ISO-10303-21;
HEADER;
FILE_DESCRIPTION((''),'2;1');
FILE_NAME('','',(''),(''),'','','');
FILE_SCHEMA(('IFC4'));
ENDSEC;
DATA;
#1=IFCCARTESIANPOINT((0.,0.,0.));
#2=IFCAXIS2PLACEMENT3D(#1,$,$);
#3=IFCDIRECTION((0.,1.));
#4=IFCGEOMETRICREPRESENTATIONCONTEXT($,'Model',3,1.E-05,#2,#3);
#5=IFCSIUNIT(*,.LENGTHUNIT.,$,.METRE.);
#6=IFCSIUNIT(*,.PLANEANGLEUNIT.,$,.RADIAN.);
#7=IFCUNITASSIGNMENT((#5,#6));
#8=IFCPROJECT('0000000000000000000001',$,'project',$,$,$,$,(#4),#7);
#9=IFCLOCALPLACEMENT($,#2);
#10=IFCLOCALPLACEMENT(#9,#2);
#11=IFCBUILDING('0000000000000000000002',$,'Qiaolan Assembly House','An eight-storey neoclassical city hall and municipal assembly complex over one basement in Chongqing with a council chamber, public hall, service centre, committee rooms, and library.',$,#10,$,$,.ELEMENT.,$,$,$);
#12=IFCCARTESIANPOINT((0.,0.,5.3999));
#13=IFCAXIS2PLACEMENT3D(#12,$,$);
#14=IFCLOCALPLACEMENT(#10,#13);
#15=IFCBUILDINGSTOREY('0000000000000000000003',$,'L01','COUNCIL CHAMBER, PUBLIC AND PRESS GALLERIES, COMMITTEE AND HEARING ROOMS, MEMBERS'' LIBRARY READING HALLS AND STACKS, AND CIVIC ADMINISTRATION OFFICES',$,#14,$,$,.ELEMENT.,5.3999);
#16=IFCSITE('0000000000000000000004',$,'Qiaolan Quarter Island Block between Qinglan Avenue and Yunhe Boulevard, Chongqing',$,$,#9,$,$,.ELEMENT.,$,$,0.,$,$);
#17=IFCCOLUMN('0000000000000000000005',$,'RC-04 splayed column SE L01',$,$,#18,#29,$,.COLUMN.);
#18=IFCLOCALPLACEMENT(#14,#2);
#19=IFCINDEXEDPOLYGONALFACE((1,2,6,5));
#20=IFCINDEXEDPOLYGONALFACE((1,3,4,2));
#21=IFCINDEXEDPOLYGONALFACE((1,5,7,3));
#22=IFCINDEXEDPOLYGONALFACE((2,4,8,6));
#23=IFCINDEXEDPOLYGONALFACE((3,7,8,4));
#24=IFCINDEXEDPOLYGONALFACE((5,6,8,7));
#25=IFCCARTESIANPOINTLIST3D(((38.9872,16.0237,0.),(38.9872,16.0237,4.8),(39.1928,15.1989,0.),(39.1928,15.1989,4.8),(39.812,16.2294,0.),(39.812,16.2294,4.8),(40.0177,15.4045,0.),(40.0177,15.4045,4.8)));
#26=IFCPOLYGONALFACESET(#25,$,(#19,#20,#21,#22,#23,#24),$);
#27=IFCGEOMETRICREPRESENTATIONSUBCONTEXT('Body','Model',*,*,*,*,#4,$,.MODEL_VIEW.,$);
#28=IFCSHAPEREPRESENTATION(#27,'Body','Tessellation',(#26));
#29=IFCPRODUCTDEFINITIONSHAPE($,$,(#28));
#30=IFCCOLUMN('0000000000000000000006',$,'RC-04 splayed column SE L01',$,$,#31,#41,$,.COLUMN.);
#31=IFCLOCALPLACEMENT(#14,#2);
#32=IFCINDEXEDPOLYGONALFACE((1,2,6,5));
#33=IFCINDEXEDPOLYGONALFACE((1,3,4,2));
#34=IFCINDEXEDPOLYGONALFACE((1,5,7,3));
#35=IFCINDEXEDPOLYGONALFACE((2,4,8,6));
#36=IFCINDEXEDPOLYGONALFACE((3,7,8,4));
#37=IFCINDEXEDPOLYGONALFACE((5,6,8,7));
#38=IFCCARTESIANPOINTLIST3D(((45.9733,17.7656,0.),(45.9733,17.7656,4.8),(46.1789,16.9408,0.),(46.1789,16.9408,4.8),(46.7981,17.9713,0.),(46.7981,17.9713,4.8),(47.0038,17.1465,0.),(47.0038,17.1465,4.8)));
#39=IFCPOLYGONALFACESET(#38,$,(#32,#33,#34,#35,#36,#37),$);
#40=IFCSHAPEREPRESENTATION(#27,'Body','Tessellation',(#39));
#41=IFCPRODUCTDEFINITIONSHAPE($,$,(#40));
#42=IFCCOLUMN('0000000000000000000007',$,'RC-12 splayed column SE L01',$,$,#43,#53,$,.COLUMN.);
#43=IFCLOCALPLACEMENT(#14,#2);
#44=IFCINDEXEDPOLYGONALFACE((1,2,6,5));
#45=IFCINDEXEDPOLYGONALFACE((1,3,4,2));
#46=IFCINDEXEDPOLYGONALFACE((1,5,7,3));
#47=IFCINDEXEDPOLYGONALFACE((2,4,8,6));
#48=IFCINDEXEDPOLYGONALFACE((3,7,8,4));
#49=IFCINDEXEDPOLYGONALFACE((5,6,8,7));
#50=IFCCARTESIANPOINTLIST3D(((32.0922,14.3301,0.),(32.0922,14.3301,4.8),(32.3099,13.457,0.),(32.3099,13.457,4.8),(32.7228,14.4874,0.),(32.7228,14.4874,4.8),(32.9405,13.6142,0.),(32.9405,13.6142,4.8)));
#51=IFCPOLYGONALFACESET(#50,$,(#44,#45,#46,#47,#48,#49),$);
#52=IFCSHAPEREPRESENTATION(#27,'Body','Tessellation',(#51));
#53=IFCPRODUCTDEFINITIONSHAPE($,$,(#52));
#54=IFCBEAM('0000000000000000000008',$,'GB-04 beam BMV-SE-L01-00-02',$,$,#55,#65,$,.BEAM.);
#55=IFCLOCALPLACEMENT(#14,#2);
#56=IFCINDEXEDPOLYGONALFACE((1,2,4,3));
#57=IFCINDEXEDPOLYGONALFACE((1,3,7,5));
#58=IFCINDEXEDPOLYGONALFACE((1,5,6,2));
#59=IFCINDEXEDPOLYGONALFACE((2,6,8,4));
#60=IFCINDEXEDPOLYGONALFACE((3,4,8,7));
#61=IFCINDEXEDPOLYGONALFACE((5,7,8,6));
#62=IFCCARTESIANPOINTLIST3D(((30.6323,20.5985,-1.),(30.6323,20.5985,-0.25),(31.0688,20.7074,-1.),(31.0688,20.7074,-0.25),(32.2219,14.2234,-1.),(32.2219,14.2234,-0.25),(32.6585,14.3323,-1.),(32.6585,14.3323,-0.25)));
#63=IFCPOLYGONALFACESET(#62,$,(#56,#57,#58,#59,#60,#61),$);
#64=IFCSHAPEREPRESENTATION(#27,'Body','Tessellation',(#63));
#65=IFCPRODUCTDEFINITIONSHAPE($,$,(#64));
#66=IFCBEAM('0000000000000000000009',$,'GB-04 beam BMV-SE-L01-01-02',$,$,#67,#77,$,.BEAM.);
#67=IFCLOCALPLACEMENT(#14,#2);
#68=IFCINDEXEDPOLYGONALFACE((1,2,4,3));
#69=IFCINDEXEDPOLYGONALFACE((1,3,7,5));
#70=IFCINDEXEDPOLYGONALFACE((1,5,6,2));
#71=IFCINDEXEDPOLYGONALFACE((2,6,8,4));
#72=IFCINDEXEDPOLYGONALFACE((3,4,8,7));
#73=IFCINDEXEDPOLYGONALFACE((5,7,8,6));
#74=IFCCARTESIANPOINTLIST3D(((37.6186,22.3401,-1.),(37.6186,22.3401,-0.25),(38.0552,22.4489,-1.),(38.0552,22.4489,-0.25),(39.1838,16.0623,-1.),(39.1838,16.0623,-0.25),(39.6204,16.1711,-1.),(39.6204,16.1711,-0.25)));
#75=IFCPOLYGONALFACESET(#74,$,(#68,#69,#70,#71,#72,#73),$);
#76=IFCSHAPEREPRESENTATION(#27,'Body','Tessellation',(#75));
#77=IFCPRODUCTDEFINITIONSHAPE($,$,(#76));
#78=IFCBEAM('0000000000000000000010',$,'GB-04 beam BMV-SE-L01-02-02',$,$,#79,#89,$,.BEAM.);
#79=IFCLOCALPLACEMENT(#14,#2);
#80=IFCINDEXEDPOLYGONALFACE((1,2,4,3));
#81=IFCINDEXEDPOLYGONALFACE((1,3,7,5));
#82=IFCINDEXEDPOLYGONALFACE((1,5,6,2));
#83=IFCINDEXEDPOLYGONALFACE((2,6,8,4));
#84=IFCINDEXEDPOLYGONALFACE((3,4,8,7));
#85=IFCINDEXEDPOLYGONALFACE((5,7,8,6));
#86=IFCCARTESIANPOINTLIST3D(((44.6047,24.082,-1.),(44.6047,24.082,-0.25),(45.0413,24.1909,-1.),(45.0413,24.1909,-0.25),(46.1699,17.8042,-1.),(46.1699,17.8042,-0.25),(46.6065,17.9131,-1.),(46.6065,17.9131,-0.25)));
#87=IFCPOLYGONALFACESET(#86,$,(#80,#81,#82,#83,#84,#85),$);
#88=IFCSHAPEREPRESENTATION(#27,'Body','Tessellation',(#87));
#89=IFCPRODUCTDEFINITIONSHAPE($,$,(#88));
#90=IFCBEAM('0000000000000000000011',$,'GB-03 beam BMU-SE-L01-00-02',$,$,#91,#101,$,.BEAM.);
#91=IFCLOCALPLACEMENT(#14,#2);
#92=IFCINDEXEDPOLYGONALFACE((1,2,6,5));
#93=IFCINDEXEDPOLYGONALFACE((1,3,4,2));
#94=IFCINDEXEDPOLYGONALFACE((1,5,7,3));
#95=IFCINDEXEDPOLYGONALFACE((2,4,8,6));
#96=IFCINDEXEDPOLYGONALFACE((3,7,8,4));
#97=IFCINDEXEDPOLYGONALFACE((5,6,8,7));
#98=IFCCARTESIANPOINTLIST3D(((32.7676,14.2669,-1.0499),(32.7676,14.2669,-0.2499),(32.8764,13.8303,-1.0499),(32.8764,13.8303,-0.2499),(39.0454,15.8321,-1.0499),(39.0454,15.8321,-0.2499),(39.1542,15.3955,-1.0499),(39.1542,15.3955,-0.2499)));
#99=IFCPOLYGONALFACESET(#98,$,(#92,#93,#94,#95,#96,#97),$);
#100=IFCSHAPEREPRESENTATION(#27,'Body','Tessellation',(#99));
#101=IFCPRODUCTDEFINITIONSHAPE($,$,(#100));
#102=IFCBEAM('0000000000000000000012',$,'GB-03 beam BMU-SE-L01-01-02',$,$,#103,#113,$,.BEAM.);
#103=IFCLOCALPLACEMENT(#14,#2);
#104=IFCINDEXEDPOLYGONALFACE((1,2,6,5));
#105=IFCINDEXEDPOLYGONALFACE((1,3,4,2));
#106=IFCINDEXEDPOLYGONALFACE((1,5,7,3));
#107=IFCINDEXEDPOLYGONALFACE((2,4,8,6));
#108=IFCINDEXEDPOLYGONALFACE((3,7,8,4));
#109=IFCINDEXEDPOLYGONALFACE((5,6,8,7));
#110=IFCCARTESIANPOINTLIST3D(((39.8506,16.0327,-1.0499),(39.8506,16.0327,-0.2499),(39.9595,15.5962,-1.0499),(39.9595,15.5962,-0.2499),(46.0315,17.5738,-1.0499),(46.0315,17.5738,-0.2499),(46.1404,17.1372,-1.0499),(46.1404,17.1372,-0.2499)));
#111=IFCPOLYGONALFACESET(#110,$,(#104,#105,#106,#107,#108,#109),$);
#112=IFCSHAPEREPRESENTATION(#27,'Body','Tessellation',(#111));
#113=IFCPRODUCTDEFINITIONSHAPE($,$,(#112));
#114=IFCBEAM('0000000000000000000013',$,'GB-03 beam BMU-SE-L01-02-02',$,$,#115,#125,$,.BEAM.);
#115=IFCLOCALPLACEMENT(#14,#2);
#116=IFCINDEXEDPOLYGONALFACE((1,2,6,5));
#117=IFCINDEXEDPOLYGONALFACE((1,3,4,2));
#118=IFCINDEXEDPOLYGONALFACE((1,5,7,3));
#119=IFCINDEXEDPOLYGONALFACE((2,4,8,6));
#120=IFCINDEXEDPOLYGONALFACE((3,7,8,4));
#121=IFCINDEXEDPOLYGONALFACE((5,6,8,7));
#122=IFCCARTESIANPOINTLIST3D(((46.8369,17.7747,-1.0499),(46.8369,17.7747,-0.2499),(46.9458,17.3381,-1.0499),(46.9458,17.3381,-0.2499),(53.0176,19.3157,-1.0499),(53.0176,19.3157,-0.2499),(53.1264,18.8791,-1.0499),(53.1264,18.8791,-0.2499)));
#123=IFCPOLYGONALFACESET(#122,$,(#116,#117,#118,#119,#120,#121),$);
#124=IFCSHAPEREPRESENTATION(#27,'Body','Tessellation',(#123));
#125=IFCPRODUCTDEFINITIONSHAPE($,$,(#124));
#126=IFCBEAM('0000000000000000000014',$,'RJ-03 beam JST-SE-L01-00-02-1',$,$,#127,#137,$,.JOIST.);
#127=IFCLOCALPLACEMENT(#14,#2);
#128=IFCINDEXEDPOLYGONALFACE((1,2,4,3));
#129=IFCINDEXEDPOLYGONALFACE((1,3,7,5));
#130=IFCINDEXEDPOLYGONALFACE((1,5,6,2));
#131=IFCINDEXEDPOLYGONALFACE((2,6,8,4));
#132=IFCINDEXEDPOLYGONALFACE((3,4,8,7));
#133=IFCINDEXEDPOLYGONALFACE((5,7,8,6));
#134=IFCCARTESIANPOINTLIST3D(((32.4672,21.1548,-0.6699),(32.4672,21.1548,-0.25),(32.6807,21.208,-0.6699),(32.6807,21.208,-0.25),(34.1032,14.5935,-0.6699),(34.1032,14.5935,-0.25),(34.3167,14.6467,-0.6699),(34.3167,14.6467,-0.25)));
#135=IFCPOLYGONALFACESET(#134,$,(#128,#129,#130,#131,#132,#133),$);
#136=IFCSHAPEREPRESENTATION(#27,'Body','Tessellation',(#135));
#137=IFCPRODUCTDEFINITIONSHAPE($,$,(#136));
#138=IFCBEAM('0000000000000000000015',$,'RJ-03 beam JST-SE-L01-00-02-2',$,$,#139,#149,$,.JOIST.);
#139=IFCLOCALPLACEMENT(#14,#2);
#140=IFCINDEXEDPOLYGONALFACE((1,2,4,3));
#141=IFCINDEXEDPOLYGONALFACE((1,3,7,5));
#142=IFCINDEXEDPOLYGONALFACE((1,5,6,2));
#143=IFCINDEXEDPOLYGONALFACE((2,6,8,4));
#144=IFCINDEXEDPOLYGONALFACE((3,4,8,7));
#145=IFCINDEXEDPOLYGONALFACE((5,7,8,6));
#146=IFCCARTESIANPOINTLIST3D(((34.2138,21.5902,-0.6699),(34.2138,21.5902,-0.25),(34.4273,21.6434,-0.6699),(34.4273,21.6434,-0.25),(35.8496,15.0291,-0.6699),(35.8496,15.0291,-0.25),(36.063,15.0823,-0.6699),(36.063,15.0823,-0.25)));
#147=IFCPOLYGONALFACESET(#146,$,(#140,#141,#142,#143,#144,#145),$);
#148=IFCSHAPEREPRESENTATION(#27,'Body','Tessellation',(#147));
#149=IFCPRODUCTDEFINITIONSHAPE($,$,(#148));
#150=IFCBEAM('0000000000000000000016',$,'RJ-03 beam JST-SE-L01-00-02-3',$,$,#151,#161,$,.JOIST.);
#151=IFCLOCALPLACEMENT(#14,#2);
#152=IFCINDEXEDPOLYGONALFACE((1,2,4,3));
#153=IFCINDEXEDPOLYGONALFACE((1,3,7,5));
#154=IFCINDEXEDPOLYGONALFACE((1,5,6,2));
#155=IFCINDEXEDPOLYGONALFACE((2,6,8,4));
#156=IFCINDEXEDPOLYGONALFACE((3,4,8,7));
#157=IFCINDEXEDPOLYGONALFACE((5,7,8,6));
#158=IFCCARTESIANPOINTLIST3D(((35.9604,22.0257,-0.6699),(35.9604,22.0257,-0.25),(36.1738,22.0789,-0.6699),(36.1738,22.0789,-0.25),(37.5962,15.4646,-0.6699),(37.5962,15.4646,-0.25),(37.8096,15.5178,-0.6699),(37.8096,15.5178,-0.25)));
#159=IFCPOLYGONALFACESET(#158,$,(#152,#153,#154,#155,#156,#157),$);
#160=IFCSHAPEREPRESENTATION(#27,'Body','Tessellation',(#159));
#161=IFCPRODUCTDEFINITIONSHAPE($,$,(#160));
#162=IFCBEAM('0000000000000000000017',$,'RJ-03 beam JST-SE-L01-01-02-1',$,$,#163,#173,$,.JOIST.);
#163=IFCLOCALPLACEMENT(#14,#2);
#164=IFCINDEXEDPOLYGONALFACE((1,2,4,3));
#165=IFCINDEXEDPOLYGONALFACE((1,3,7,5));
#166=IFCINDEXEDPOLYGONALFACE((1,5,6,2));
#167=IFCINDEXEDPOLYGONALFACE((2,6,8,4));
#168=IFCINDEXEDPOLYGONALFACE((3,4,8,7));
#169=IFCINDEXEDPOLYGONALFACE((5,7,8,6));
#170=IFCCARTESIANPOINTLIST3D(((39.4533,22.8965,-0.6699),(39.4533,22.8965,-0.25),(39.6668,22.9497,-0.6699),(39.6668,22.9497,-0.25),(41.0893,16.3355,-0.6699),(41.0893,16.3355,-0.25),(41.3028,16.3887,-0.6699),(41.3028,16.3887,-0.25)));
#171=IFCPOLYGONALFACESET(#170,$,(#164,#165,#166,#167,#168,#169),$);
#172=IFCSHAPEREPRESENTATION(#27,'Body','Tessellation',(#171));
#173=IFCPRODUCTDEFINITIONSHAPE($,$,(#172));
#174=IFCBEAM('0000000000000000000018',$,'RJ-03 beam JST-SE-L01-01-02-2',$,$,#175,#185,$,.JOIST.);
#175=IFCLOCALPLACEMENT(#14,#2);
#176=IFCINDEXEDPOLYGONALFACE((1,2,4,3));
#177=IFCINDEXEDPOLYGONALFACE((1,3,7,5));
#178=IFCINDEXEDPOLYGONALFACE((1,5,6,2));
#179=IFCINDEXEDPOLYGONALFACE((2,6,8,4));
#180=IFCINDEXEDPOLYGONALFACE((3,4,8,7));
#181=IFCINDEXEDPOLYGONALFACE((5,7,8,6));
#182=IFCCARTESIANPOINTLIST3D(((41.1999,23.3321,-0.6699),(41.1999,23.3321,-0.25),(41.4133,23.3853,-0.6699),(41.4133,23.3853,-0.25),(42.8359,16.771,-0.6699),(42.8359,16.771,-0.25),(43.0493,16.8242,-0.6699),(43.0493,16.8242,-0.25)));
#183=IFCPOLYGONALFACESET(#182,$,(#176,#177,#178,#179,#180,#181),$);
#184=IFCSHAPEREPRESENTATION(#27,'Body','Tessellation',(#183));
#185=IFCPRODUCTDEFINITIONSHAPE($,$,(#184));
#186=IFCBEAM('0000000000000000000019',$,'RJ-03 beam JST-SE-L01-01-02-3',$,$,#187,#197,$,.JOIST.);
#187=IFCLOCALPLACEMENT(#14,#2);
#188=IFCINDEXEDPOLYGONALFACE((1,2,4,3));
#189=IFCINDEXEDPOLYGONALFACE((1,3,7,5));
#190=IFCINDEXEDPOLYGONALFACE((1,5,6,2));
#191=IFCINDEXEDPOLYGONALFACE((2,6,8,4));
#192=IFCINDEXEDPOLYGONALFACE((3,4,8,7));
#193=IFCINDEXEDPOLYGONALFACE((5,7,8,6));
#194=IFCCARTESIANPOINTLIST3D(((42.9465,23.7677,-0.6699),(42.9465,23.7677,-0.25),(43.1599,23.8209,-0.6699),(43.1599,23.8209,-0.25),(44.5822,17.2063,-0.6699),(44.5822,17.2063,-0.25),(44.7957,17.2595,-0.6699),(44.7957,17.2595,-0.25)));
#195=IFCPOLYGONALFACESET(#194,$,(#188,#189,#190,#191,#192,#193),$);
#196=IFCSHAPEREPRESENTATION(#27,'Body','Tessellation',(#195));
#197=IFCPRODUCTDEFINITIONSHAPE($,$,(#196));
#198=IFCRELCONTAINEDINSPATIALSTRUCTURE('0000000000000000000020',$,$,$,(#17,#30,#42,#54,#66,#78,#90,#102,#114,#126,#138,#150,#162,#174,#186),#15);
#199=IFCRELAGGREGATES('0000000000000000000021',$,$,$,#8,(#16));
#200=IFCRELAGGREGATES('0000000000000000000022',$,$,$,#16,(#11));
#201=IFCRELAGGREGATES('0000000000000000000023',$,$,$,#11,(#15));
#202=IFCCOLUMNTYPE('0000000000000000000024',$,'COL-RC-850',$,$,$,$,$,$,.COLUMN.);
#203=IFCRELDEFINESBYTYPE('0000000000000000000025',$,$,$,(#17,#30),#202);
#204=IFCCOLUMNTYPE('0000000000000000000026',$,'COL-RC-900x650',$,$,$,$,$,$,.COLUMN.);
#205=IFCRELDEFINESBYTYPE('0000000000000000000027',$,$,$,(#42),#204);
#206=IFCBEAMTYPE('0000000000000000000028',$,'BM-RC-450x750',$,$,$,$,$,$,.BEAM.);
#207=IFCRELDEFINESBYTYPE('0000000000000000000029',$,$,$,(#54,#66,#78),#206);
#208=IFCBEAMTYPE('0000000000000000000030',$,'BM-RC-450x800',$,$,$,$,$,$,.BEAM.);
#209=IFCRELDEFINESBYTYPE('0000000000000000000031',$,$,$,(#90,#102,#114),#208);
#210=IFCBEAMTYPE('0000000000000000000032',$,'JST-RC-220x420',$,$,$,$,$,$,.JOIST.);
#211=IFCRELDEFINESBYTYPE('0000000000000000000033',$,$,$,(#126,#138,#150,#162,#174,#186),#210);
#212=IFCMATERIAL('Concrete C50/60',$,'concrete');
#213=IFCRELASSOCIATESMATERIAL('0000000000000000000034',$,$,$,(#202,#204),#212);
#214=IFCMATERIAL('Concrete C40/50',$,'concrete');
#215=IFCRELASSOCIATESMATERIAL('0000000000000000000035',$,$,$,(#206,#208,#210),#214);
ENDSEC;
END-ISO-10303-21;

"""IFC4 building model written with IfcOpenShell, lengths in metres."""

from ifc_helpers import new_model, si_unit, direction, frame, origin, origin_2d, place, context, subcontext, project, spatial, rectangle, extrude, material, material_profile, profile_set, type_object, element, save


model = new_model("IFC4")

# Units and contexts
model_context = context("Model", 3, precision=1e-05, world=origin(), true_north=direction((0.0, 1.0)))
body_context = subcontext(model_context, "Body", "Model", "MODEL_VIEW")
ifc_project = project(units=[si_unit("LENGTHUNIT", "METRE"), si_unit("PLANEANGLEUNIT", "RADIAN")], contexts=[model_context])

# Site, building, storey
site_placement = place(None, origin())
site = spatial("IfcSite", under=ifc_project, at=site_placement, Name="Qiaolan Quarter Island Block between Qinglan Avenue and Yunhe Boulevard, Chongqing", CompositionType="ELEMENT", RefElevation=0.0)
building_placement = place(site_placement, origin())
building = spatial("IfcBuilding", under=site, at=building_placement, Name="Qiaolan Assembly House", Description="An eight-storey neoclassical city hall and municipal assembly complex over one basement in Chongqing with a council chamber, public hall, service centre, committee rooms, and library.", CompositionType="ELEMENT")
storey_placement = place(building_placement, frame((0.0, 0.0, 5.3999)))
storey = spatial("IfcBuildingStorey", under=building, at=storey_placement, Name="L01", Description="COUNCIL CHAMBER, PUBLIC AND PRESS GALLERIES, COMMITTEE AND HEARING ROOMS, MEMBERS' LIBRARY READING HALLS AND STACKS, AND CIVIC ADMINISTRATION OFFICES", CompositionType="ELEMENT", Elevation=5.3999)

# Columns
ifc_material_1 = material(Name="Concrete C50/60", Category="concrete")
ifc_material_profile_1 = material_profile(ifc_material_1, rectangle(XDim=0.8501, YDim=0.8501, at=origin_2d()), Name="RC 850x850")
ifc_profile_set_1 = profile_set([ifc_material_profile_1], Name="Concrete C50/60")
column_type_1 = type_object("IfcColumnType", Name="COL-RC-850", PredefinedType="COLUMN", material=ifc_profile_set_1)
for number, where, z_axis, x_axis, name in (
    (1, (39.5024, 15.7141, 0.0), (0.0, 0.0, 1.0), (0.970296, 0.241922, 0.0), "RC-04 splayed column SE L01"),
    (2, (46.4885, 17.4561, 0.0), (0.0, 0.0, 1.0), (0.970296, 0.241922, 0.0), "RC-04 splayed column SE L01"),
):
    element("IfcColumn", number, at=place(storey_placement, frame(where, z_axis=z_axis, x_axis=x_axis)), inside=storey, type_object=column_type_1, Name=name, PredefinedType="COLUMN", context=body_context, shape_type="SweptSolid", body=[
        extrude(rectangle(XDim=0.8501, YDim=0.8501, at=origin_2d()), origin(), (0.0, 0.0, 1.0), 4.8),
    ])
ifc_material_profile_2 = material_profile(ifc_material_1, rectangle(XDim=0.6499, YDim=0.8999, at=origin_2d()), Name="RC 900x650")
ifc_profile_set_2 = profile_set([ifc_material_profile_2], Name="Concrete C50/60")
column_type_2 = type_object("IfcColumnType", Name="COL-RC-900x650", PredefinedType="COLUMN", material=ifc_profile_set_2)
column_placement = place(storey_placement, frame((32.5164, 13.9722, 0.0), z_axis=(0.0, 0.0, 1.0), x_axis=(0.970296, 0.241922, 0.0)))
element("IfcColumn", 3, at=column_placement, inside=storey, type_object=column_type_2, Name="RC-12 splayed column SE L01", PredefinedType="COLUMN", context=body_context, shape_type="SweptSolid", body=[
    extrude(rectangle(XDim=0.6499, YDim=0.8999, at=origin_2d()), origin(), (0.0, 0.0, 1.0), 4.8),
])

# Beams
ifc_material_2 = material(Name="Concrete C40/50", Category="concrete")
ifc_material_profile_3 = material_profile(ifc_material_2, rectangle(XDim=0.45, YDim=0.75, at=origin_2d()), Name="RCB 450x750")
ifc_profile_set_3 = profile_set([ifc_material_profile_3], Name="Concrete C40/50")
beam_type_1 = type_object("IfcBeamType", Name="BM-RC-450x750", PredefinedType="BEAM", material=ifc_profile_set_3)
beam_1_placement = place(storey_placement, frame((32.4402, 14.2778, -0.625), z_axis=(-0.241941, 0.970291, 0.0), x_axis=(-0.970291, -0.241941, 0.0)))
element("IfcBeam", 4, at=beam_1_placement, inside=storey, type_object=beam_type_1, Name="GB-04 beam BMV-SE-L01-00-02", PredefinedType="BEAM", context=body_context, shape_type="SweptSolid", body=[
    extrude(rectangle(XDim=0.45, YDim=0.75, at=origin_2d()), origin(), (0.0, 0.0, 1.0), 6.5703),
])
for number, where, z_axis, x_axis, name in (
    (5, (39.4021, 16.1167, -0.625), (-0.241914, 0.970298, 0.0), (-0.970298, -0.241914, 0.0), "GB-04 beam BMV-SE-L01-01-02"),
    (6, (46.3882, 17.8586, -0.625), (-0.241914, 0.970298, 0.0), (-0.970298, -0.241914, 0.0), "GB-04 beam BMV-SE-L01-02-02"),
):
    element("IfcBeam", number, at=place(storey_placement, frame(where, z_axis=z_axis, x_axis=x_axis)), inside=storey, type_object=beam_type_1, Name=name, PredefinedType="BEAM", context=body_context, shape_type="SweptSolid", body=[
        extrude(rectangle(XDim=0.45, YDim=0.75, at=origin_2d()), origin(), (0.0, 0.0, 1.0), 6.47),
    ])
ifc_material_profile_4 = material_profile(ifc_material_2, rectangle(XDim=0.45, YDim=0.8, at=origin_2d()), Name="RCB 450x800")
ifc_profile_set_4 = profile_set([ifc_material_profile_4], Name="Concrete C40/50")
beam_type_2 = type_object("IfcBeamType", Name="BM-RC-450x800", PredefinedType="BEAM", material=ifc_profile_set_4)
beam_2_placement = place(storey_placement, frame((32.822, 14.0486, -0.6499), z_axis=(0.970298, 0.241914, 0.0), x_axis=(-0.241914, 0.970298, 0.0)))
element("IfcBeam", 7, at=beam_2_placement, inside=storey, type_object=beam_type_2, Name="GB-03 beam BMU-SE-L01-00-02", PredefinedType="BEAM", context=body_context, shape_type="SweptSolid", body=[
    extrude(rectangle(XDim=0.45, YDim=0.8, at=origin_2d()), origin(), (0.0, 0.0, 1.0), 6.47),
])
beam_3_placement = place(storey_placement, frame((39.905, 15.8145, -0.6499), z_axis=(0.970298, 0.241913, 0.0), x_axis=(-0.241913, 0.970298, 0.0)))
element("IfcBeam", 8, at=beam_3_placement, inside=storey, type_object=beam_type_2, Name="GB-03 beam BMU-SE-L01-01-02", PredefinedType="BEAM", context=body_context, shape_type="SweptSolid", body=[
    extrude(rectangle(XDim=0.45, YDim=0.8, at=origin_2d()), origin(), (0.0, 0.0, 1.0), 6.3701),
])
beam_4_placement = place(storey_placement, frame((46.8914, 17.5564, -0.6499), z_axis=(0.970296, 0.241922, 0.0), x_axis=(-0.241922, 0.970296, 0.0)))
element("IfcBeam", 9, at=beam_4_placement, inside=storey, type_object=beam_type_2, Name="GB-03 beam BMU-SE-L01-02-02", PredefinedType="BEAM", context=body_context, shape_type="SweptSolid", body=[
    extrude(rectangle(XDim=0.45, YDim=0.8, at=origin_2d()), origin(), (0.0, 0.0, 1.0), 6.3699),
])
ifc_material_profile_5 = material_profile(ifc_material_2, rectangle(XDim=0.22, YDim=0.4199, at=origin_2d()), Name="RCB 220x420")
ifc_profile_set_5 = profile_set([ifc_material_profile_5], Name="Concrete C40/50")
beam_type_3 = type_object("IfcBeamType", Name="JST-RC-220x420", PredefinedType="JOIST", material=ifc_profile_set_5)
beam_5_placement = place(storey_placement, frame((34.21, 14.6201, -0.46), z_axis=(-0.241932, 0.970293, 0.0), x_axis=(-0.970293, -0.241932, 0.0)))
element("IfcBeam", 10, at=beam_5_placement, inside=storey, type_object=beam_type_3, Name="RJ-03 beam JST-SE-L01-00-02-1", PredefinedType="JOIST", context=body_context, shape_type="SweptSolid", body=[
    extrude(rectangle(XDim=0.22, YDim=0.4199, at=origin_2d()), origin(), (0.0, 0.0, 1.0), 6.7622),
])
for number, where, z_axis, x_axis, name in (
    (11, (35.9563, 15.0557, -0.46), (-0.241907, 0.970299, 0.0), (-0.970299, -0.241907, 0.0), "RJ-03 beam JST-SE-L01-00-02-2"),
    (12, (37.7029, 15.4912, -0.46), (-0.241907, 0.970299, 0.0), (-0.970299, -0.241907, 0.0), "RJ-03 beam JST-SE-L01-00-02-3"),
    (13, (41.196, 16.3621, -0.46), (-0.241941, 0.970291, 0.0), (-0.970291, -0.241941, 0.0), "RJ-03 beam JST-SE-L01-01-02-1"),
    (14, (42.9426, 16.7976, -0.46), (-0.241941, 0.970291, 0.0), (-0.970291, -0.241941, 0.0), "RJ-03 beam JST-SE-L01-01-02-2"),
):
    element("IfcBeam", number, at=place(storey_placement, frame(where, z_axis=z_axis, x_axis=x_axis)), inside=storey, type_object=beam_type_3, Name=name, PredefinedType="JOIST", context=body_context, shape_type="SweptSolid", body=[
        extrude(rectangle(XDim=0.22, YDim=0.4199, at=origin_2d()), origin(), (0.0, 0.0, 1.0), 6.762),
    ])
beam_6_placement = place(storey_placement, frame((44.689, 17.2329, -0.46), z_axis=(-0.241898, 0.970302, 0.0), x_axis=(-0.970302, -0.241898, 0.0)))
element("IfcBeam", 15, at=beam_6_placement, inside=storey, type_object=beam_type_3, Name="RJ-03 beam JST-SE-L01-01-02-3", PredefinedType="JOIST", context=body_context, shape_type="SweptSolid", body=[
    extrude(rectangle(XDim=0.22, YDim=0.4199, at=origin_2d()), origin(), (0.0, 0.0, 1.0), 6.7622),
])

save(model, "model.ifc")
